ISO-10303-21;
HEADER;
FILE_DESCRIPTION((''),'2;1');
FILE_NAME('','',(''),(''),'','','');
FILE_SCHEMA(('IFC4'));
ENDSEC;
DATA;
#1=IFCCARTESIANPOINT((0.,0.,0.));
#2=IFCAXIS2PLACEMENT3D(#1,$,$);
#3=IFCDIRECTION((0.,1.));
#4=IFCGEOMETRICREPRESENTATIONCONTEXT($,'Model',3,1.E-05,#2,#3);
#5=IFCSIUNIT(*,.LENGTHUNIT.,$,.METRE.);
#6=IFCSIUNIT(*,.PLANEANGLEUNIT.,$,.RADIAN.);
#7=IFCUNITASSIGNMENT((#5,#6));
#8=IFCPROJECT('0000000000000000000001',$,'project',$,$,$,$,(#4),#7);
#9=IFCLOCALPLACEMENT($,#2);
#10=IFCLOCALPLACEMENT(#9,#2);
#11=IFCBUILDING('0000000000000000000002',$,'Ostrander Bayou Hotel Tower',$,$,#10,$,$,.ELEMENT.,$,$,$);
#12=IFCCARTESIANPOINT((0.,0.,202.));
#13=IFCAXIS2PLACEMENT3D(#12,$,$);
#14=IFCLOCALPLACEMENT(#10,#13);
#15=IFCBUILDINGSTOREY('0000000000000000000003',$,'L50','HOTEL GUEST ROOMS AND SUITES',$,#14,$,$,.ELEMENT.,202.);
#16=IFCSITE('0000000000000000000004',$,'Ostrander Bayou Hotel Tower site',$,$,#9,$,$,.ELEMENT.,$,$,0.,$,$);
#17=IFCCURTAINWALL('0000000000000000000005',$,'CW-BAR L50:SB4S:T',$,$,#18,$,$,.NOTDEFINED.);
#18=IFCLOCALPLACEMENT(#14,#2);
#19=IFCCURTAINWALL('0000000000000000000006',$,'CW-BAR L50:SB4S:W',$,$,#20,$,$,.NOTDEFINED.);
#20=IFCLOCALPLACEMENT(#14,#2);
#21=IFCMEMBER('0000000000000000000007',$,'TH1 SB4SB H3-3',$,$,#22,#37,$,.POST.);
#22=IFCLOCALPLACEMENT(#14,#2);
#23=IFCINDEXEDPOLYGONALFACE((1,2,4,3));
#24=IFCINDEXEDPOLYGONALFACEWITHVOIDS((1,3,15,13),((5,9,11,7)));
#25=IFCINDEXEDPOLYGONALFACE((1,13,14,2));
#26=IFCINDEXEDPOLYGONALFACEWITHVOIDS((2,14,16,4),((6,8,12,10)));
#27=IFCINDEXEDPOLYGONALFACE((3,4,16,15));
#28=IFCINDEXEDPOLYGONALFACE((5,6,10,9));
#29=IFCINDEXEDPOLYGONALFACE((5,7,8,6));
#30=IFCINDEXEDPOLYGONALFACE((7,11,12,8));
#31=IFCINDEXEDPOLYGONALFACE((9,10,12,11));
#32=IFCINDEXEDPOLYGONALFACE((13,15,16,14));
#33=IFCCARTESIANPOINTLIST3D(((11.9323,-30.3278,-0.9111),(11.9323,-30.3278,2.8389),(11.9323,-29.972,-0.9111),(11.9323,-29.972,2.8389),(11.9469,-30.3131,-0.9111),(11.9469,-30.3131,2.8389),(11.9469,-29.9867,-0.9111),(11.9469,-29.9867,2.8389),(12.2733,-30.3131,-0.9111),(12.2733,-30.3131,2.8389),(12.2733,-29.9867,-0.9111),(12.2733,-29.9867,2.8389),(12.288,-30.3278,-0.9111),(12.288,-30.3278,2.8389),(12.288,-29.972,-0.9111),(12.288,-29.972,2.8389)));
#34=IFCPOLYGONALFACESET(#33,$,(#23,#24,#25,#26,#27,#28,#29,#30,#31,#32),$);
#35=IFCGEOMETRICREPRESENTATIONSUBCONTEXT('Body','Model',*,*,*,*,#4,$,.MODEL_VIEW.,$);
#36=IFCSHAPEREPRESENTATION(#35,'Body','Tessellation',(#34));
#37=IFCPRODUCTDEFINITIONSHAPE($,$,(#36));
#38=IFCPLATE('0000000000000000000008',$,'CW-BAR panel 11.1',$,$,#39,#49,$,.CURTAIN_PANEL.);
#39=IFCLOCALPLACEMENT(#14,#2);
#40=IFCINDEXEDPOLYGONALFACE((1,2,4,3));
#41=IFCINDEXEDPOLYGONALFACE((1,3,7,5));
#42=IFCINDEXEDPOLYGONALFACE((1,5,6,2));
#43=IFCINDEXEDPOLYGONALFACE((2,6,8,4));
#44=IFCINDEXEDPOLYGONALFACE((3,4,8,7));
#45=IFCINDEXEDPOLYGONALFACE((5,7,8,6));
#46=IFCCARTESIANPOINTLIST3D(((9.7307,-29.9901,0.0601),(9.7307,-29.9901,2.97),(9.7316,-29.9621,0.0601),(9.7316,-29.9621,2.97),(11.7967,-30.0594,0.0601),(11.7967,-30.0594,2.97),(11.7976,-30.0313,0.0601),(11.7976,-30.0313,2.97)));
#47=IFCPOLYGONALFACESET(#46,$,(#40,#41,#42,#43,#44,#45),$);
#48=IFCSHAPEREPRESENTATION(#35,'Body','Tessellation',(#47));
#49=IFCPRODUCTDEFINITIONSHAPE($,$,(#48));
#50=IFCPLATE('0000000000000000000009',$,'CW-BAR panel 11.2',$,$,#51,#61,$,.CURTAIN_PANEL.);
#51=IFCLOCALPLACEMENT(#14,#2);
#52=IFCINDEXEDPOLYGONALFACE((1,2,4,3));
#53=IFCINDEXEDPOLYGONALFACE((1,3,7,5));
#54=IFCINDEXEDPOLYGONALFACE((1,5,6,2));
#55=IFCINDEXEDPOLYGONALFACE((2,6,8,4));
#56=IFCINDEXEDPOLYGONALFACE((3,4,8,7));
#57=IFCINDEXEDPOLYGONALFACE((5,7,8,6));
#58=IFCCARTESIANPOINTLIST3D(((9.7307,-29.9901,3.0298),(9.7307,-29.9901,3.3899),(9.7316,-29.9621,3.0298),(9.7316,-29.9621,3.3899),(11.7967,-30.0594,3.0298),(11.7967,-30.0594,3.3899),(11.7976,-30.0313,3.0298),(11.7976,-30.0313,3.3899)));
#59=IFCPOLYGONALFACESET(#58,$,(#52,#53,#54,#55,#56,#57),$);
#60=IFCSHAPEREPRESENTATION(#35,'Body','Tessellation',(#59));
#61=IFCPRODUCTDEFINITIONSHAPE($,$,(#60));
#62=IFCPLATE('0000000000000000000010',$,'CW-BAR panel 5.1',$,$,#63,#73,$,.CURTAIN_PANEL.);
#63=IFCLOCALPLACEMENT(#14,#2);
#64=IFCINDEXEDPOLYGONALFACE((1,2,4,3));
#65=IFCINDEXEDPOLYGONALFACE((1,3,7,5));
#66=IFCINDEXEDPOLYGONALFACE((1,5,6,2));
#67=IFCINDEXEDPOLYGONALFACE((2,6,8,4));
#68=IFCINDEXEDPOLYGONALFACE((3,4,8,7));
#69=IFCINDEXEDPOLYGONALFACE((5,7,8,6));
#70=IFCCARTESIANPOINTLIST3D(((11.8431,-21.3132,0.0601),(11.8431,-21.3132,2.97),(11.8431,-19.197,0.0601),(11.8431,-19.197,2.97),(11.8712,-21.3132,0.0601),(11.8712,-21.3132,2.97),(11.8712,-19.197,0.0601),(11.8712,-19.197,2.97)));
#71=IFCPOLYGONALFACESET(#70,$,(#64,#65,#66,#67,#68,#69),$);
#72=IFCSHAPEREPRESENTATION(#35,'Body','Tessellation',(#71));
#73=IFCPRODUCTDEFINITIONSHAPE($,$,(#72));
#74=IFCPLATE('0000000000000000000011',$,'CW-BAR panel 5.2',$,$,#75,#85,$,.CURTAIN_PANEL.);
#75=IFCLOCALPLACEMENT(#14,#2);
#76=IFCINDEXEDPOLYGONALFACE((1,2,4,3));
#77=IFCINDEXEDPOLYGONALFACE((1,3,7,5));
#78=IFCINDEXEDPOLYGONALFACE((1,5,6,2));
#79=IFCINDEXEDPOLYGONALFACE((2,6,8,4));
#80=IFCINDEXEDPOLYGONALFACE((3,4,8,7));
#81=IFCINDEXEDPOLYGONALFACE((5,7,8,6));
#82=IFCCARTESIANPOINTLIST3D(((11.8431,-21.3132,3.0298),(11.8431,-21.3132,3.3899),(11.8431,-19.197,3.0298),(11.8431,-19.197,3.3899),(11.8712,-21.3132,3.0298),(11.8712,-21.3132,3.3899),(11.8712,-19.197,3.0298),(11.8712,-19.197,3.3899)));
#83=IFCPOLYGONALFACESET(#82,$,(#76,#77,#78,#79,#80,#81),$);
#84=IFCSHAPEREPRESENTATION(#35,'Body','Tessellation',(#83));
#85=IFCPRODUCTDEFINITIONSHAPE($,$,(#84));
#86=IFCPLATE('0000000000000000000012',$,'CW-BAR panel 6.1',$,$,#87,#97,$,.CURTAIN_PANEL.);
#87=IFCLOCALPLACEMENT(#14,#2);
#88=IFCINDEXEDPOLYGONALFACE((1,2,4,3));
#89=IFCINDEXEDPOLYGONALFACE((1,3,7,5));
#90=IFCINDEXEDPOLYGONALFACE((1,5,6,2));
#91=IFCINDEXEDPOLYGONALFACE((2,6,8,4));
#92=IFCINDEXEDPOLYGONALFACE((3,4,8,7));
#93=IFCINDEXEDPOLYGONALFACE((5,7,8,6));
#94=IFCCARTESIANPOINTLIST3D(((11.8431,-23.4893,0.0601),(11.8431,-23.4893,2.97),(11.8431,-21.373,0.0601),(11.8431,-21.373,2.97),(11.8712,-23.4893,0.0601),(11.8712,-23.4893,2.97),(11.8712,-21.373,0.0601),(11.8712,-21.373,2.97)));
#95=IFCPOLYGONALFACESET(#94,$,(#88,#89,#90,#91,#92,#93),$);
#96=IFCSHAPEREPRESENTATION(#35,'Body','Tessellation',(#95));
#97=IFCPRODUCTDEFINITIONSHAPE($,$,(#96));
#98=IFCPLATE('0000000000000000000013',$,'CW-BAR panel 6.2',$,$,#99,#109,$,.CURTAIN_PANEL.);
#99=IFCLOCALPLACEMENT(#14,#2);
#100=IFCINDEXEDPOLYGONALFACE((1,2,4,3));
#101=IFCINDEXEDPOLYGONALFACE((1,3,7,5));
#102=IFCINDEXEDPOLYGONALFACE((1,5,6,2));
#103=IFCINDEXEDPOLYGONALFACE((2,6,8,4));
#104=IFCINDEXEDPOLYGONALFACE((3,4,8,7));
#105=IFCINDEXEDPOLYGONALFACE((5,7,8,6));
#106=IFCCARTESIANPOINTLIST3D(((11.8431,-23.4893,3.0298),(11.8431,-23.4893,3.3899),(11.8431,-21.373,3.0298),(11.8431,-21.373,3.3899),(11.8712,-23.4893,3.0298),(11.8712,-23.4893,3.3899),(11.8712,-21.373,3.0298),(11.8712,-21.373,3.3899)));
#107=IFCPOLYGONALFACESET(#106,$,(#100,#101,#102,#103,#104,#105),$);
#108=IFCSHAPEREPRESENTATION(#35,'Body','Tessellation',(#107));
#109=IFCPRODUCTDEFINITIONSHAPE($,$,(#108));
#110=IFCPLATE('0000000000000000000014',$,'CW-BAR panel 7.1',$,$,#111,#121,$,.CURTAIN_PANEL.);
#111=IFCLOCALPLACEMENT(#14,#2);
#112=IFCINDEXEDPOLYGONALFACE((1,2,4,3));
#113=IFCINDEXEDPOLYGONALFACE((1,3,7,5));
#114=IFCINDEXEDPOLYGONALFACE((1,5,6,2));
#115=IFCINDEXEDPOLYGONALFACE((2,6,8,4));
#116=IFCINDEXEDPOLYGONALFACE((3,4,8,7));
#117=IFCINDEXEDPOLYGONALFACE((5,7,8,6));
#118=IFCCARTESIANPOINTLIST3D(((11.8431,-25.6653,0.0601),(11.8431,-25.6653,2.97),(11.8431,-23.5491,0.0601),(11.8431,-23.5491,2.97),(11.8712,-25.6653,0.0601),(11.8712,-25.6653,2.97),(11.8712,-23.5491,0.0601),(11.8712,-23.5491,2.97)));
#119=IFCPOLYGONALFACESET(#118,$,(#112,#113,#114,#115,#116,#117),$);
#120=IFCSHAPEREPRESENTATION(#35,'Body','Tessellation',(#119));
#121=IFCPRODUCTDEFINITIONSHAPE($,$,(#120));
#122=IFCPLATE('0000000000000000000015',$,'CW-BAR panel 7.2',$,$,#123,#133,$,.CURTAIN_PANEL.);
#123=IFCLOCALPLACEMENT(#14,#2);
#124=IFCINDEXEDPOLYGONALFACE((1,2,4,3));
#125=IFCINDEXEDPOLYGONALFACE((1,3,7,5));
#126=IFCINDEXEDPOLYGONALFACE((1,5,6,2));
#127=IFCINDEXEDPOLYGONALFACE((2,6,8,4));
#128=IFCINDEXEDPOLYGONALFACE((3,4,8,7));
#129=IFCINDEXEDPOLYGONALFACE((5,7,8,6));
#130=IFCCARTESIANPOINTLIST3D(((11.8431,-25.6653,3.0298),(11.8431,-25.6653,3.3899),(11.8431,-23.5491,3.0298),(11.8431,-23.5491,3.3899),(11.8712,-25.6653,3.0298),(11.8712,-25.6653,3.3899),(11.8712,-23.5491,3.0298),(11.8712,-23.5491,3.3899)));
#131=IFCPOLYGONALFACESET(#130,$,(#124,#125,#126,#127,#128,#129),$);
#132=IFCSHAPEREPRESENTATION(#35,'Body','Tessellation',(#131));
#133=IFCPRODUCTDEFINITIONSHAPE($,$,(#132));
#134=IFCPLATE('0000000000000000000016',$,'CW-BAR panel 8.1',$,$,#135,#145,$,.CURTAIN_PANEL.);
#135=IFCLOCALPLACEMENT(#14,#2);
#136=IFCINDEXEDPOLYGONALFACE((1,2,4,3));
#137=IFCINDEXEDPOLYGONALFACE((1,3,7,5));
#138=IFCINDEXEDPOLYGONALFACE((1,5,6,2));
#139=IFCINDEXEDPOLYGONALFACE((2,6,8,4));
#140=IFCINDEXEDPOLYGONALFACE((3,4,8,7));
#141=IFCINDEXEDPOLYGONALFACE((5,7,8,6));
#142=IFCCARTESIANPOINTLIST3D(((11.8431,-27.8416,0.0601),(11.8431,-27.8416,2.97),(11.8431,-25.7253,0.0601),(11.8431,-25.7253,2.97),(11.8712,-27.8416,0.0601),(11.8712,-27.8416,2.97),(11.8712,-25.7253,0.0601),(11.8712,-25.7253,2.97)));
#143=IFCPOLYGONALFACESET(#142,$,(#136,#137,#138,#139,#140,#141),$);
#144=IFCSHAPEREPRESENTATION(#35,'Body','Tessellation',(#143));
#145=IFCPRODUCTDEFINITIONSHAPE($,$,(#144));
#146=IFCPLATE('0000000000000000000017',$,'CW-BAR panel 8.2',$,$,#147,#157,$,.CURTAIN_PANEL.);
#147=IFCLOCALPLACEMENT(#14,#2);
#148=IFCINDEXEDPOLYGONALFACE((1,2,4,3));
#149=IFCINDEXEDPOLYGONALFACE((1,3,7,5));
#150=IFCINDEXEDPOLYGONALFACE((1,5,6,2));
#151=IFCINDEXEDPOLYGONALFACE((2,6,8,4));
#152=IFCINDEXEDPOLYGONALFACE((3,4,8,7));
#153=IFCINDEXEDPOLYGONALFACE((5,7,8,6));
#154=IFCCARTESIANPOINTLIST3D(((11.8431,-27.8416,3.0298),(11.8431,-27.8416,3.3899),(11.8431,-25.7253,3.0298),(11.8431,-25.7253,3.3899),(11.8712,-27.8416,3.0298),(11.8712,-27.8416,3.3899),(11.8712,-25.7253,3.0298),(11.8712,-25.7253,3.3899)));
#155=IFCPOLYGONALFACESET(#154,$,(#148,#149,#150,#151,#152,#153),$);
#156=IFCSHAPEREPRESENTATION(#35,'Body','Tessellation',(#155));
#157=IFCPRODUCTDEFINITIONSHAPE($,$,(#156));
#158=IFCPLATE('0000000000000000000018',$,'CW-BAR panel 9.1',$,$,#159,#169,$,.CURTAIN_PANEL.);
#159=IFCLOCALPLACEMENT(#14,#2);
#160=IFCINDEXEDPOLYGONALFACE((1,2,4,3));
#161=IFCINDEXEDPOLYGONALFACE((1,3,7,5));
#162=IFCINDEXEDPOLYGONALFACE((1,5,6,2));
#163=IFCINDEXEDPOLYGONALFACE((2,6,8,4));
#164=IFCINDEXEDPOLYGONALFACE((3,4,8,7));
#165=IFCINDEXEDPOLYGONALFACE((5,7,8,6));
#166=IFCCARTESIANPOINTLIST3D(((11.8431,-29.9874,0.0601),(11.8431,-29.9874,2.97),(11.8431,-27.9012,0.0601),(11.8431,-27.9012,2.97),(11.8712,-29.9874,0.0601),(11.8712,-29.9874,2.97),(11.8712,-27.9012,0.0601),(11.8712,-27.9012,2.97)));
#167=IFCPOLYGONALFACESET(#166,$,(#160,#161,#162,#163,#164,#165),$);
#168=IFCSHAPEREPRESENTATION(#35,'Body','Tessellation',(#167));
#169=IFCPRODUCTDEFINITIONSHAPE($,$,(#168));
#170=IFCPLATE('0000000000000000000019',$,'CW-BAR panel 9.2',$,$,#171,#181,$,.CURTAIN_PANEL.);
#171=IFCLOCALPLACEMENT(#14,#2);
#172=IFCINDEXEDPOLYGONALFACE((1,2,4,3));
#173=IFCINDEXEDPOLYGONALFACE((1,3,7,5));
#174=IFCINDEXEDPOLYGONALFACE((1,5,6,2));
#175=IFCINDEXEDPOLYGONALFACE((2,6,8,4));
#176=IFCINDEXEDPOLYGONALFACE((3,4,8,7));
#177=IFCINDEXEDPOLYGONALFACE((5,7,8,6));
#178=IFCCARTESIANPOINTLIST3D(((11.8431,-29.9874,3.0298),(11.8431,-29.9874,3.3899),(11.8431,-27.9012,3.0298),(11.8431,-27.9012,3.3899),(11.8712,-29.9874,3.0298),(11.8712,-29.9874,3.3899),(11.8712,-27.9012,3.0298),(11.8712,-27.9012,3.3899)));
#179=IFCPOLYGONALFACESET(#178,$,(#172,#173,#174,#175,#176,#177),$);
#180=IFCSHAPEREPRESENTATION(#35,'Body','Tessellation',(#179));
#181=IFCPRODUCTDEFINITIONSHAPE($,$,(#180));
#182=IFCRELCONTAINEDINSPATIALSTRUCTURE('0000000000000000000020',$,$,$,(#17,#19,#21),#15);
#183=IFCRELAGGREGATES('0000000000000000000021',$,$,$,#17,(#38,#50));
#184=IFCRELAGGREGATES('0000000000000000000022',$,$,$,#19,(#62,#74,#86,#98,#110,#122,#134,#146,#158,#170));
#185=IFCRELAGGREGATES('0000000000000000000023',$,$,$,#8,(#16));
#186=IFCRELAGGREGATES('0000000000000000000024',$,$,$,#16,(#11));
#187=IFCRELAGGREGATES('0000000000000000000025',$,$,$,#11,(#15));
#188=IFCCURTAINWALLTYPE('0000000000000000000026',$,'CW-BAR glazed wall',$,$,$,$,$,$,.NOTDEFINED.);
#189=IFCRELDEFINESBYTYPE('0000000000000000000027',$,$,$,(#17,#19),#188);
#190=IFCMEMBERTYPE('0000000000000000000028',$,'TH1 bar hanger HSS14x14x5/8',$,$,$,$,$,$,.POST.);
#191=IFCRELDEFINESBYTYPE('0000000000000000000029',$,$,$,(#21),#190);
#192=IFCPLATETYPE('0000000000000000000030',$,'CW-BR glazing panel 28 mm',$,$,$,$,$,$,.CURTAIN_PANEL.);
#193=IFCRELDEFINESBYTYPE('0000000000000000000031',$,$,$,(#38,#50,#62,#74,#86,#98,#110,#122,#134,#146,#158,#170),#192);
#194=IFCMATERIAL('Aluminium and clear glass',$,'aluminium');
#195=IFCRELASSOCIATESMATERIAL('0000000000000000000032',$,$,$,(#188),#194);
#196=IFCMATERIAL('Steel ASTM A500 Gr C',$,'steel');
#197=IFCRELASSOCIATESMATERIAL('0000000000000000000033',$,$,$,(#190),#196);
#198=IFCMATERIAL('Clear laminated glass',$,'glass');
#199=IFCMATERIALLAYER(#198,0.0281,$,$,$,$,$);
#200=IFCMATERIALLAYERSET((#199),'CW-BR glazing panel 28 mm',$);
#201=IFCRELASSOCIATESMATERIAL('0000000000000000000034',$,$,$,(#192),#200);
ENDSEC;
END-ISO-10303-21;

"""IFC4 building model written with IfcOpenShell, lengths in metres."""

from ifc_helpers import new_model, si_unit, direction, frame, origin, origin_2d, place, context, subcontext, project, spatial, rectangle, hollow_rectangle, extrude, material, layer, layer_set, material_profile, profile_set, type_object, element, aggregate, save


model = new_model("IFC4")

# Units and contexts
model_context = context("Model", 3, precision=1e-05, world=origin(), true_north=direction((0.0, 1.0)))
body_context = subcontext(model_context, "Body", "Model", "MODEL_VIEW")
ifc_project = project(units=[si_unit("LENGTHUNIT", "METRE"), si_unit("PLANEANGLEUNIT", "RADIAN")], contexts=[model_context])

# Site, building, storey
site_placement = place(None, origin())
site = spatial("IfcSite", under=ifc_project, at=site_placement, Name="Ostrander Bayou Hotel Tower site", CompositionType="ELEMENT", RefElevation=0.0)
building_placement = place(site_placement, origin())
building = spatial("IfcBuilding", under=site, at=building_placement, Name="Ostrander Bayou Hotel Tower", CompositionType="ELEMENT")
storey_placement = place(building_placement, frame((0.0, 0.0, 202.0)))
storey = spatial("IfcBuildingStorey", under=building, at=storey_placement, Name="L50", Description="HOTEL GUEST ROOMS AND SUITES", CompositionType="ELEMENT", Elevation=202.0)

# Curtain wall
ifc_material_1 = material(Name="Aluminium and clear glass", Category="aluminium")
curtain_wall_type = type_object("IfcCurtainWallType", Name="CW-BAR glazed wall", PredefinedType="NOTDEFINED", material=ifc_material_1)
curtain_wall_1_placement = place(storey_placement, origin())
curtain_wall_1 = element("IfcCurtainWall", 1, at=curtain_wall_1_placement, inside=storey, type_object=curtain_wall_type, Name="CW-BAR L50:SB4S:T", PredefinedType="NOTDEFINED")

# Curtain wall
curtain_wall_2_placement = place(storey_placement, origin())
curtain_wall_2 = element("IfcCurtainWall", 2, at=curtain_wall_2_placement, inside=storey, type_object=curtain_wall_type, Name="CW-BAR L50:SB4S:W", PredefinedType="NOTDEFINED")

# Member
ifc_material_2 = material(Name="Steel ASTM A500 Gr C", Category="steel")
ifc_material_profile_1 = material_profile(ifc_material_2, hollow_rectangle(XDim=0.3557, YDim=0.3557, WallThickness=0.0146, at=origin_2d()))
ifc_profile_set_1 = profile_set([ifc_material_profile_1], Name="Steel ASTM A500 Gr C")
member_type_1 = type_object("IfcMemberType", Name="TH1 bar hanger HSS14x14x5/8", PredefinedType="POST", material=ifc_profile_set_1)
for number, where, z_axis, x_axis, name in (
    (3, (12.1101, -30.1499, -0.9111), (0.0, 0.0, 1.0), (1.0, 0.0, 0.0), "TH1 SB4SB H3-3"),
):
    element("IfcMember", number, at=place(storey_placement, frame(where, z_axis=z_axis, x_axis=x_axis)), inside=storey, type_object=member_type_1, Name=name, PredefinedType="POST", context=body_context, shape_type="SweptSolid", body=[
        extrude(hollow_rectangle(XDim=0.3557, YDim=0.3557, WallThickness=0.0146, at=origin_2d()), origin(), (0.0, 0.0, 1.0), 3.75),
    ])

# Plates
ifc_material_3 = material(Name="Clear laminated glass", Category="glass")
ifc_layer = layer(ifc_material_3, 0.0281)
ifc_layer_set = layer_set([ifc_layer], Name="CW-BR glazing panel 28 mm")
plate_type = type_object("IfcPlateType", Name="CW-BR glazing panel 28 mm", PredefinedType="CURTAIN_PANEL", material=ifc_layer_set)
plate_1_placement = place(storey_placement, frame((10.7642, -30.0107, 0.0601), z_axis=(0.0, 0.0, 1.0), x_axis=(0.999439, -0.033505, 0.0)))
plate_1 = element("IfcPlate", 4, at=plate_1_placement, type_object=plate_type, Name="CW-BAR panel 11.1", PredefinedType="CURTAIN_PANEL", context=body_context, shape_type="SweptSolid", body=[
    extrude(rectangle(XDim=2.0671, YDim=0.0281, at=origin_2d()), origin(), (0.0, 0.0, 1.0), 2.9099),
])
plate_2_placement = place(storey_placement, frame((10.7642, -30.0107, 3.0298), z_axis=(0.0, 0.0, 1.0), x_axis=(0.999439, -0.033505, 0.0)))
plate_2 = element("IfcPlate", 5, at=plate_2_placement, type_object=plate_type, Name="CW-BAR panel 11.2", PredefinedType="CURTAIN_PANEL", context=body_context, shape_type="SweptSolid", body=[
    extrude(rectangle(XDim=2.0671, YDim=0.0281, at=origin_2d()), origin(), (0.0, 0.0, 1.0), 0.3601),
])
aggregate(curtain_wall_1, [plate_1, plate_2])
plate_3_placement = place(storey_placement, frame((11.8572, -20.2551, 0.0601), z_axis=(0.0, 0.0, 1.0), x_axis=(0.0, -1.0, 0.0)))
plate_3 = element("IfcPlate", 6, at=plate_3_placement, type_object=plate_type, Name="CW-BAR panel 5.1", PredefinedType="CURTAIN_PANEL", context=body_context, shape_type="SweptSolid", body=[
    extrude(rectangle(XDim=2.1162, YDim=0.0281, at=origin_2d()), origin(), (0.0, 0.0, 1.0), 2.9099),
])
plate_4_placement = place(storey_placement, frame((11.8572, -20.2551, 3.0298), z_axis=(0.0, 0.0, 1.0), x_axis=(0.0, -1.0, 0.0)))
plate_4 = element("IfcPlate", 7, at=plate_4_placement, type_object=plate_type, Name="CW-BAR panel 5.2", PredefinedType="CURTAIN_PANEL", context=body_context, shape_type="SweptSolid", body=[
    extrude(rectangle(XDim=2.1162, YDim=0.0281, at=origin_2d()), origin(), (0.0, 0.0, 1.0), 0.3601),
])
plate_5_placement = place(storey_placement, frame((11.8572, -22.4312, 0.0601), z_axis=(0.0, 0.0, 1.0), x_axis=(0.0, -1.0, 0.0)))
plate_5 = element("IfcPlate", 8, at=plate_5_placement, type_object=plate_type, Name="CW-BAR panel 6.1", PredefinedType="CURTAIN_PANEL", context=body_context, shape_type="SweptSolid", body=[
    extrude(rectangle(XDim=2.1162, YDim=0.0281, at=origin_2d()), origin(), (0.0, 0.0, 1.0), 2.9099),
])
plate_6_placement = place(storey_placement, frame((11.8572, -22.4312, 3.0298), z_axis=(0.0, 0.0, 1.0), x_axis=(0.0, -1.0, 0.0)))
plate_6 = element("IfcPlate", 9, at=plate_6_placement, type_object=plate_type, Name="CW-BAR panel 6.2", PredefinedType="CURTAIN_PANEL", context=body_context, shape_type="SweptSolid", body=[
    extrude(rectangle(XDim=2.1162, YDim=0.0281, at=origin_2d()), origin(), (0.0, 0.0, 1.0), 0.3601),
])
plate_7_placement = place(storey_placement, frame((11.8572, -24.6072, 0.0601), z_axis=(0.0, 0.0, 1.0), x_axis=(0.0, -1.0, 0.0)))
plate_7 = element("IfcPlate", 10, at=plate_7_placement, type_object=plate_type, Name="CW-BAR panel 7.1", PredefinedType="CURTAIN_PANEL", context=body_context, shape_type="SweptSolid", body=[
    extrude(rectangle(XDim=2.1162, YDim=0.0281, at=origin_2d()), origin(), (0.0, 0.0, 1.0), 2.9099),
])
plate_8_placement = place(storey_placement, frame((11.8572, -24.6072, 3.0298), z_axis=(0.0, 0.0, 1.0), x_axis=(0.0, -1.0, 0.0)))
plate_8 = element("IfcPlate", 11, at=plate_8_placement, type_object=plate_type, Name="CW-BAR panel 7.2", PredefinedType="CURTAIN_PANEL", context=body_context, shape_type="SweptSolid", body=[
    extrude(rectangle(XDim=2.1162, YDim=0.0281, at=origin_2d()), origin(), (0.0, 0.0, 1.0), 0.3601),
])
plate_9_placement = place(storey_placement, frame((11.8572, -26.7834, 0.0601), z_axis=(0.0, 0.0, 1.0), x_axis=(0.0, -1.0, 0.0)))
plate_9 = element("IfcPlate", 12, at=plate_9_placement, type_object=plate_type, Name="CW-BAR panel 8.1", PredefinedType="CURTAIN_PANEL", context=body_context, shape_type="SweptSolid", body=[
    extrude(rectangle(XDim=2.1162, YDim=0.0281, at=origin_2d()), origin(), (0.0, 0.0, 1.0), 2.9099),
])
plate_10_placement = place(storey_placement, frame((11.8572, -26.7834, 3.0298), z_axis=(0.0, 0.0, 1.0), x_axis=(0.0, -1.0, 0.0)))
plate_10 = element("IfcPlate", 13, at=plate_10_placement, type_object=plate_type, Name="CW-BAR panel 8.2", PredefinedType="CURTAIN_PANEL", context=body_context, shape_type="SweptSolid", body=[
    extrude(rectangle(XDim=2.1162, YDim=0.0281, at=origin_2d()), origin(), (0.0, 0.0, 1.0), 0.3601),
])
plate_11_placement = place(storey_placement, frame((11.8572, -28.9443, 0.0601), z_axis=(0.0, 0.0, 1.0), x_axis=(0.0, -1.0, 0.0)))
plate_11 = element("IfcPlate", 14, at=plate_11_placement, type_object=plate_type, Name="CW-BAR panel 9.1", PredefinedType="CURTAIN_PANEL", context=body_context, shape_type="SweptSolid", body=[
    extrude(rectangle(XDim=2.0862, YDim=0.0281, at=origin_2d()), origin(), (0.0, 0.0, 1.0), 2.9099),
])
plate_12_placement = place(storey_placement, frame((11.8572, -28.9443, 3.0298), z_axis=(0.0, 0.0, 1.0), x_axis=(0.0, -1.0, 0.0)))
plate_12 = element("IfcPlate", 15, at=plate_12_placement, type_object=plate_type, Name="CW-BAR panel 9.2", PredefinedType="CURTAIN_PANEL", context=body_context, shape_type="SweptSolid", body=[
    extrude(rectangle(XDim=2.0862, YDim=0.0281, at=origin_2d()), origin(), (0.0, 0.0, 1.0), 0.3601),
])
aggregate(curtain_wall_2, [plate_3, plate_4, plate_5, plate_6, plate_7, plate_8, plate_9, plate_10, plate_11, plate_12])

save(model, "model.ifc")
